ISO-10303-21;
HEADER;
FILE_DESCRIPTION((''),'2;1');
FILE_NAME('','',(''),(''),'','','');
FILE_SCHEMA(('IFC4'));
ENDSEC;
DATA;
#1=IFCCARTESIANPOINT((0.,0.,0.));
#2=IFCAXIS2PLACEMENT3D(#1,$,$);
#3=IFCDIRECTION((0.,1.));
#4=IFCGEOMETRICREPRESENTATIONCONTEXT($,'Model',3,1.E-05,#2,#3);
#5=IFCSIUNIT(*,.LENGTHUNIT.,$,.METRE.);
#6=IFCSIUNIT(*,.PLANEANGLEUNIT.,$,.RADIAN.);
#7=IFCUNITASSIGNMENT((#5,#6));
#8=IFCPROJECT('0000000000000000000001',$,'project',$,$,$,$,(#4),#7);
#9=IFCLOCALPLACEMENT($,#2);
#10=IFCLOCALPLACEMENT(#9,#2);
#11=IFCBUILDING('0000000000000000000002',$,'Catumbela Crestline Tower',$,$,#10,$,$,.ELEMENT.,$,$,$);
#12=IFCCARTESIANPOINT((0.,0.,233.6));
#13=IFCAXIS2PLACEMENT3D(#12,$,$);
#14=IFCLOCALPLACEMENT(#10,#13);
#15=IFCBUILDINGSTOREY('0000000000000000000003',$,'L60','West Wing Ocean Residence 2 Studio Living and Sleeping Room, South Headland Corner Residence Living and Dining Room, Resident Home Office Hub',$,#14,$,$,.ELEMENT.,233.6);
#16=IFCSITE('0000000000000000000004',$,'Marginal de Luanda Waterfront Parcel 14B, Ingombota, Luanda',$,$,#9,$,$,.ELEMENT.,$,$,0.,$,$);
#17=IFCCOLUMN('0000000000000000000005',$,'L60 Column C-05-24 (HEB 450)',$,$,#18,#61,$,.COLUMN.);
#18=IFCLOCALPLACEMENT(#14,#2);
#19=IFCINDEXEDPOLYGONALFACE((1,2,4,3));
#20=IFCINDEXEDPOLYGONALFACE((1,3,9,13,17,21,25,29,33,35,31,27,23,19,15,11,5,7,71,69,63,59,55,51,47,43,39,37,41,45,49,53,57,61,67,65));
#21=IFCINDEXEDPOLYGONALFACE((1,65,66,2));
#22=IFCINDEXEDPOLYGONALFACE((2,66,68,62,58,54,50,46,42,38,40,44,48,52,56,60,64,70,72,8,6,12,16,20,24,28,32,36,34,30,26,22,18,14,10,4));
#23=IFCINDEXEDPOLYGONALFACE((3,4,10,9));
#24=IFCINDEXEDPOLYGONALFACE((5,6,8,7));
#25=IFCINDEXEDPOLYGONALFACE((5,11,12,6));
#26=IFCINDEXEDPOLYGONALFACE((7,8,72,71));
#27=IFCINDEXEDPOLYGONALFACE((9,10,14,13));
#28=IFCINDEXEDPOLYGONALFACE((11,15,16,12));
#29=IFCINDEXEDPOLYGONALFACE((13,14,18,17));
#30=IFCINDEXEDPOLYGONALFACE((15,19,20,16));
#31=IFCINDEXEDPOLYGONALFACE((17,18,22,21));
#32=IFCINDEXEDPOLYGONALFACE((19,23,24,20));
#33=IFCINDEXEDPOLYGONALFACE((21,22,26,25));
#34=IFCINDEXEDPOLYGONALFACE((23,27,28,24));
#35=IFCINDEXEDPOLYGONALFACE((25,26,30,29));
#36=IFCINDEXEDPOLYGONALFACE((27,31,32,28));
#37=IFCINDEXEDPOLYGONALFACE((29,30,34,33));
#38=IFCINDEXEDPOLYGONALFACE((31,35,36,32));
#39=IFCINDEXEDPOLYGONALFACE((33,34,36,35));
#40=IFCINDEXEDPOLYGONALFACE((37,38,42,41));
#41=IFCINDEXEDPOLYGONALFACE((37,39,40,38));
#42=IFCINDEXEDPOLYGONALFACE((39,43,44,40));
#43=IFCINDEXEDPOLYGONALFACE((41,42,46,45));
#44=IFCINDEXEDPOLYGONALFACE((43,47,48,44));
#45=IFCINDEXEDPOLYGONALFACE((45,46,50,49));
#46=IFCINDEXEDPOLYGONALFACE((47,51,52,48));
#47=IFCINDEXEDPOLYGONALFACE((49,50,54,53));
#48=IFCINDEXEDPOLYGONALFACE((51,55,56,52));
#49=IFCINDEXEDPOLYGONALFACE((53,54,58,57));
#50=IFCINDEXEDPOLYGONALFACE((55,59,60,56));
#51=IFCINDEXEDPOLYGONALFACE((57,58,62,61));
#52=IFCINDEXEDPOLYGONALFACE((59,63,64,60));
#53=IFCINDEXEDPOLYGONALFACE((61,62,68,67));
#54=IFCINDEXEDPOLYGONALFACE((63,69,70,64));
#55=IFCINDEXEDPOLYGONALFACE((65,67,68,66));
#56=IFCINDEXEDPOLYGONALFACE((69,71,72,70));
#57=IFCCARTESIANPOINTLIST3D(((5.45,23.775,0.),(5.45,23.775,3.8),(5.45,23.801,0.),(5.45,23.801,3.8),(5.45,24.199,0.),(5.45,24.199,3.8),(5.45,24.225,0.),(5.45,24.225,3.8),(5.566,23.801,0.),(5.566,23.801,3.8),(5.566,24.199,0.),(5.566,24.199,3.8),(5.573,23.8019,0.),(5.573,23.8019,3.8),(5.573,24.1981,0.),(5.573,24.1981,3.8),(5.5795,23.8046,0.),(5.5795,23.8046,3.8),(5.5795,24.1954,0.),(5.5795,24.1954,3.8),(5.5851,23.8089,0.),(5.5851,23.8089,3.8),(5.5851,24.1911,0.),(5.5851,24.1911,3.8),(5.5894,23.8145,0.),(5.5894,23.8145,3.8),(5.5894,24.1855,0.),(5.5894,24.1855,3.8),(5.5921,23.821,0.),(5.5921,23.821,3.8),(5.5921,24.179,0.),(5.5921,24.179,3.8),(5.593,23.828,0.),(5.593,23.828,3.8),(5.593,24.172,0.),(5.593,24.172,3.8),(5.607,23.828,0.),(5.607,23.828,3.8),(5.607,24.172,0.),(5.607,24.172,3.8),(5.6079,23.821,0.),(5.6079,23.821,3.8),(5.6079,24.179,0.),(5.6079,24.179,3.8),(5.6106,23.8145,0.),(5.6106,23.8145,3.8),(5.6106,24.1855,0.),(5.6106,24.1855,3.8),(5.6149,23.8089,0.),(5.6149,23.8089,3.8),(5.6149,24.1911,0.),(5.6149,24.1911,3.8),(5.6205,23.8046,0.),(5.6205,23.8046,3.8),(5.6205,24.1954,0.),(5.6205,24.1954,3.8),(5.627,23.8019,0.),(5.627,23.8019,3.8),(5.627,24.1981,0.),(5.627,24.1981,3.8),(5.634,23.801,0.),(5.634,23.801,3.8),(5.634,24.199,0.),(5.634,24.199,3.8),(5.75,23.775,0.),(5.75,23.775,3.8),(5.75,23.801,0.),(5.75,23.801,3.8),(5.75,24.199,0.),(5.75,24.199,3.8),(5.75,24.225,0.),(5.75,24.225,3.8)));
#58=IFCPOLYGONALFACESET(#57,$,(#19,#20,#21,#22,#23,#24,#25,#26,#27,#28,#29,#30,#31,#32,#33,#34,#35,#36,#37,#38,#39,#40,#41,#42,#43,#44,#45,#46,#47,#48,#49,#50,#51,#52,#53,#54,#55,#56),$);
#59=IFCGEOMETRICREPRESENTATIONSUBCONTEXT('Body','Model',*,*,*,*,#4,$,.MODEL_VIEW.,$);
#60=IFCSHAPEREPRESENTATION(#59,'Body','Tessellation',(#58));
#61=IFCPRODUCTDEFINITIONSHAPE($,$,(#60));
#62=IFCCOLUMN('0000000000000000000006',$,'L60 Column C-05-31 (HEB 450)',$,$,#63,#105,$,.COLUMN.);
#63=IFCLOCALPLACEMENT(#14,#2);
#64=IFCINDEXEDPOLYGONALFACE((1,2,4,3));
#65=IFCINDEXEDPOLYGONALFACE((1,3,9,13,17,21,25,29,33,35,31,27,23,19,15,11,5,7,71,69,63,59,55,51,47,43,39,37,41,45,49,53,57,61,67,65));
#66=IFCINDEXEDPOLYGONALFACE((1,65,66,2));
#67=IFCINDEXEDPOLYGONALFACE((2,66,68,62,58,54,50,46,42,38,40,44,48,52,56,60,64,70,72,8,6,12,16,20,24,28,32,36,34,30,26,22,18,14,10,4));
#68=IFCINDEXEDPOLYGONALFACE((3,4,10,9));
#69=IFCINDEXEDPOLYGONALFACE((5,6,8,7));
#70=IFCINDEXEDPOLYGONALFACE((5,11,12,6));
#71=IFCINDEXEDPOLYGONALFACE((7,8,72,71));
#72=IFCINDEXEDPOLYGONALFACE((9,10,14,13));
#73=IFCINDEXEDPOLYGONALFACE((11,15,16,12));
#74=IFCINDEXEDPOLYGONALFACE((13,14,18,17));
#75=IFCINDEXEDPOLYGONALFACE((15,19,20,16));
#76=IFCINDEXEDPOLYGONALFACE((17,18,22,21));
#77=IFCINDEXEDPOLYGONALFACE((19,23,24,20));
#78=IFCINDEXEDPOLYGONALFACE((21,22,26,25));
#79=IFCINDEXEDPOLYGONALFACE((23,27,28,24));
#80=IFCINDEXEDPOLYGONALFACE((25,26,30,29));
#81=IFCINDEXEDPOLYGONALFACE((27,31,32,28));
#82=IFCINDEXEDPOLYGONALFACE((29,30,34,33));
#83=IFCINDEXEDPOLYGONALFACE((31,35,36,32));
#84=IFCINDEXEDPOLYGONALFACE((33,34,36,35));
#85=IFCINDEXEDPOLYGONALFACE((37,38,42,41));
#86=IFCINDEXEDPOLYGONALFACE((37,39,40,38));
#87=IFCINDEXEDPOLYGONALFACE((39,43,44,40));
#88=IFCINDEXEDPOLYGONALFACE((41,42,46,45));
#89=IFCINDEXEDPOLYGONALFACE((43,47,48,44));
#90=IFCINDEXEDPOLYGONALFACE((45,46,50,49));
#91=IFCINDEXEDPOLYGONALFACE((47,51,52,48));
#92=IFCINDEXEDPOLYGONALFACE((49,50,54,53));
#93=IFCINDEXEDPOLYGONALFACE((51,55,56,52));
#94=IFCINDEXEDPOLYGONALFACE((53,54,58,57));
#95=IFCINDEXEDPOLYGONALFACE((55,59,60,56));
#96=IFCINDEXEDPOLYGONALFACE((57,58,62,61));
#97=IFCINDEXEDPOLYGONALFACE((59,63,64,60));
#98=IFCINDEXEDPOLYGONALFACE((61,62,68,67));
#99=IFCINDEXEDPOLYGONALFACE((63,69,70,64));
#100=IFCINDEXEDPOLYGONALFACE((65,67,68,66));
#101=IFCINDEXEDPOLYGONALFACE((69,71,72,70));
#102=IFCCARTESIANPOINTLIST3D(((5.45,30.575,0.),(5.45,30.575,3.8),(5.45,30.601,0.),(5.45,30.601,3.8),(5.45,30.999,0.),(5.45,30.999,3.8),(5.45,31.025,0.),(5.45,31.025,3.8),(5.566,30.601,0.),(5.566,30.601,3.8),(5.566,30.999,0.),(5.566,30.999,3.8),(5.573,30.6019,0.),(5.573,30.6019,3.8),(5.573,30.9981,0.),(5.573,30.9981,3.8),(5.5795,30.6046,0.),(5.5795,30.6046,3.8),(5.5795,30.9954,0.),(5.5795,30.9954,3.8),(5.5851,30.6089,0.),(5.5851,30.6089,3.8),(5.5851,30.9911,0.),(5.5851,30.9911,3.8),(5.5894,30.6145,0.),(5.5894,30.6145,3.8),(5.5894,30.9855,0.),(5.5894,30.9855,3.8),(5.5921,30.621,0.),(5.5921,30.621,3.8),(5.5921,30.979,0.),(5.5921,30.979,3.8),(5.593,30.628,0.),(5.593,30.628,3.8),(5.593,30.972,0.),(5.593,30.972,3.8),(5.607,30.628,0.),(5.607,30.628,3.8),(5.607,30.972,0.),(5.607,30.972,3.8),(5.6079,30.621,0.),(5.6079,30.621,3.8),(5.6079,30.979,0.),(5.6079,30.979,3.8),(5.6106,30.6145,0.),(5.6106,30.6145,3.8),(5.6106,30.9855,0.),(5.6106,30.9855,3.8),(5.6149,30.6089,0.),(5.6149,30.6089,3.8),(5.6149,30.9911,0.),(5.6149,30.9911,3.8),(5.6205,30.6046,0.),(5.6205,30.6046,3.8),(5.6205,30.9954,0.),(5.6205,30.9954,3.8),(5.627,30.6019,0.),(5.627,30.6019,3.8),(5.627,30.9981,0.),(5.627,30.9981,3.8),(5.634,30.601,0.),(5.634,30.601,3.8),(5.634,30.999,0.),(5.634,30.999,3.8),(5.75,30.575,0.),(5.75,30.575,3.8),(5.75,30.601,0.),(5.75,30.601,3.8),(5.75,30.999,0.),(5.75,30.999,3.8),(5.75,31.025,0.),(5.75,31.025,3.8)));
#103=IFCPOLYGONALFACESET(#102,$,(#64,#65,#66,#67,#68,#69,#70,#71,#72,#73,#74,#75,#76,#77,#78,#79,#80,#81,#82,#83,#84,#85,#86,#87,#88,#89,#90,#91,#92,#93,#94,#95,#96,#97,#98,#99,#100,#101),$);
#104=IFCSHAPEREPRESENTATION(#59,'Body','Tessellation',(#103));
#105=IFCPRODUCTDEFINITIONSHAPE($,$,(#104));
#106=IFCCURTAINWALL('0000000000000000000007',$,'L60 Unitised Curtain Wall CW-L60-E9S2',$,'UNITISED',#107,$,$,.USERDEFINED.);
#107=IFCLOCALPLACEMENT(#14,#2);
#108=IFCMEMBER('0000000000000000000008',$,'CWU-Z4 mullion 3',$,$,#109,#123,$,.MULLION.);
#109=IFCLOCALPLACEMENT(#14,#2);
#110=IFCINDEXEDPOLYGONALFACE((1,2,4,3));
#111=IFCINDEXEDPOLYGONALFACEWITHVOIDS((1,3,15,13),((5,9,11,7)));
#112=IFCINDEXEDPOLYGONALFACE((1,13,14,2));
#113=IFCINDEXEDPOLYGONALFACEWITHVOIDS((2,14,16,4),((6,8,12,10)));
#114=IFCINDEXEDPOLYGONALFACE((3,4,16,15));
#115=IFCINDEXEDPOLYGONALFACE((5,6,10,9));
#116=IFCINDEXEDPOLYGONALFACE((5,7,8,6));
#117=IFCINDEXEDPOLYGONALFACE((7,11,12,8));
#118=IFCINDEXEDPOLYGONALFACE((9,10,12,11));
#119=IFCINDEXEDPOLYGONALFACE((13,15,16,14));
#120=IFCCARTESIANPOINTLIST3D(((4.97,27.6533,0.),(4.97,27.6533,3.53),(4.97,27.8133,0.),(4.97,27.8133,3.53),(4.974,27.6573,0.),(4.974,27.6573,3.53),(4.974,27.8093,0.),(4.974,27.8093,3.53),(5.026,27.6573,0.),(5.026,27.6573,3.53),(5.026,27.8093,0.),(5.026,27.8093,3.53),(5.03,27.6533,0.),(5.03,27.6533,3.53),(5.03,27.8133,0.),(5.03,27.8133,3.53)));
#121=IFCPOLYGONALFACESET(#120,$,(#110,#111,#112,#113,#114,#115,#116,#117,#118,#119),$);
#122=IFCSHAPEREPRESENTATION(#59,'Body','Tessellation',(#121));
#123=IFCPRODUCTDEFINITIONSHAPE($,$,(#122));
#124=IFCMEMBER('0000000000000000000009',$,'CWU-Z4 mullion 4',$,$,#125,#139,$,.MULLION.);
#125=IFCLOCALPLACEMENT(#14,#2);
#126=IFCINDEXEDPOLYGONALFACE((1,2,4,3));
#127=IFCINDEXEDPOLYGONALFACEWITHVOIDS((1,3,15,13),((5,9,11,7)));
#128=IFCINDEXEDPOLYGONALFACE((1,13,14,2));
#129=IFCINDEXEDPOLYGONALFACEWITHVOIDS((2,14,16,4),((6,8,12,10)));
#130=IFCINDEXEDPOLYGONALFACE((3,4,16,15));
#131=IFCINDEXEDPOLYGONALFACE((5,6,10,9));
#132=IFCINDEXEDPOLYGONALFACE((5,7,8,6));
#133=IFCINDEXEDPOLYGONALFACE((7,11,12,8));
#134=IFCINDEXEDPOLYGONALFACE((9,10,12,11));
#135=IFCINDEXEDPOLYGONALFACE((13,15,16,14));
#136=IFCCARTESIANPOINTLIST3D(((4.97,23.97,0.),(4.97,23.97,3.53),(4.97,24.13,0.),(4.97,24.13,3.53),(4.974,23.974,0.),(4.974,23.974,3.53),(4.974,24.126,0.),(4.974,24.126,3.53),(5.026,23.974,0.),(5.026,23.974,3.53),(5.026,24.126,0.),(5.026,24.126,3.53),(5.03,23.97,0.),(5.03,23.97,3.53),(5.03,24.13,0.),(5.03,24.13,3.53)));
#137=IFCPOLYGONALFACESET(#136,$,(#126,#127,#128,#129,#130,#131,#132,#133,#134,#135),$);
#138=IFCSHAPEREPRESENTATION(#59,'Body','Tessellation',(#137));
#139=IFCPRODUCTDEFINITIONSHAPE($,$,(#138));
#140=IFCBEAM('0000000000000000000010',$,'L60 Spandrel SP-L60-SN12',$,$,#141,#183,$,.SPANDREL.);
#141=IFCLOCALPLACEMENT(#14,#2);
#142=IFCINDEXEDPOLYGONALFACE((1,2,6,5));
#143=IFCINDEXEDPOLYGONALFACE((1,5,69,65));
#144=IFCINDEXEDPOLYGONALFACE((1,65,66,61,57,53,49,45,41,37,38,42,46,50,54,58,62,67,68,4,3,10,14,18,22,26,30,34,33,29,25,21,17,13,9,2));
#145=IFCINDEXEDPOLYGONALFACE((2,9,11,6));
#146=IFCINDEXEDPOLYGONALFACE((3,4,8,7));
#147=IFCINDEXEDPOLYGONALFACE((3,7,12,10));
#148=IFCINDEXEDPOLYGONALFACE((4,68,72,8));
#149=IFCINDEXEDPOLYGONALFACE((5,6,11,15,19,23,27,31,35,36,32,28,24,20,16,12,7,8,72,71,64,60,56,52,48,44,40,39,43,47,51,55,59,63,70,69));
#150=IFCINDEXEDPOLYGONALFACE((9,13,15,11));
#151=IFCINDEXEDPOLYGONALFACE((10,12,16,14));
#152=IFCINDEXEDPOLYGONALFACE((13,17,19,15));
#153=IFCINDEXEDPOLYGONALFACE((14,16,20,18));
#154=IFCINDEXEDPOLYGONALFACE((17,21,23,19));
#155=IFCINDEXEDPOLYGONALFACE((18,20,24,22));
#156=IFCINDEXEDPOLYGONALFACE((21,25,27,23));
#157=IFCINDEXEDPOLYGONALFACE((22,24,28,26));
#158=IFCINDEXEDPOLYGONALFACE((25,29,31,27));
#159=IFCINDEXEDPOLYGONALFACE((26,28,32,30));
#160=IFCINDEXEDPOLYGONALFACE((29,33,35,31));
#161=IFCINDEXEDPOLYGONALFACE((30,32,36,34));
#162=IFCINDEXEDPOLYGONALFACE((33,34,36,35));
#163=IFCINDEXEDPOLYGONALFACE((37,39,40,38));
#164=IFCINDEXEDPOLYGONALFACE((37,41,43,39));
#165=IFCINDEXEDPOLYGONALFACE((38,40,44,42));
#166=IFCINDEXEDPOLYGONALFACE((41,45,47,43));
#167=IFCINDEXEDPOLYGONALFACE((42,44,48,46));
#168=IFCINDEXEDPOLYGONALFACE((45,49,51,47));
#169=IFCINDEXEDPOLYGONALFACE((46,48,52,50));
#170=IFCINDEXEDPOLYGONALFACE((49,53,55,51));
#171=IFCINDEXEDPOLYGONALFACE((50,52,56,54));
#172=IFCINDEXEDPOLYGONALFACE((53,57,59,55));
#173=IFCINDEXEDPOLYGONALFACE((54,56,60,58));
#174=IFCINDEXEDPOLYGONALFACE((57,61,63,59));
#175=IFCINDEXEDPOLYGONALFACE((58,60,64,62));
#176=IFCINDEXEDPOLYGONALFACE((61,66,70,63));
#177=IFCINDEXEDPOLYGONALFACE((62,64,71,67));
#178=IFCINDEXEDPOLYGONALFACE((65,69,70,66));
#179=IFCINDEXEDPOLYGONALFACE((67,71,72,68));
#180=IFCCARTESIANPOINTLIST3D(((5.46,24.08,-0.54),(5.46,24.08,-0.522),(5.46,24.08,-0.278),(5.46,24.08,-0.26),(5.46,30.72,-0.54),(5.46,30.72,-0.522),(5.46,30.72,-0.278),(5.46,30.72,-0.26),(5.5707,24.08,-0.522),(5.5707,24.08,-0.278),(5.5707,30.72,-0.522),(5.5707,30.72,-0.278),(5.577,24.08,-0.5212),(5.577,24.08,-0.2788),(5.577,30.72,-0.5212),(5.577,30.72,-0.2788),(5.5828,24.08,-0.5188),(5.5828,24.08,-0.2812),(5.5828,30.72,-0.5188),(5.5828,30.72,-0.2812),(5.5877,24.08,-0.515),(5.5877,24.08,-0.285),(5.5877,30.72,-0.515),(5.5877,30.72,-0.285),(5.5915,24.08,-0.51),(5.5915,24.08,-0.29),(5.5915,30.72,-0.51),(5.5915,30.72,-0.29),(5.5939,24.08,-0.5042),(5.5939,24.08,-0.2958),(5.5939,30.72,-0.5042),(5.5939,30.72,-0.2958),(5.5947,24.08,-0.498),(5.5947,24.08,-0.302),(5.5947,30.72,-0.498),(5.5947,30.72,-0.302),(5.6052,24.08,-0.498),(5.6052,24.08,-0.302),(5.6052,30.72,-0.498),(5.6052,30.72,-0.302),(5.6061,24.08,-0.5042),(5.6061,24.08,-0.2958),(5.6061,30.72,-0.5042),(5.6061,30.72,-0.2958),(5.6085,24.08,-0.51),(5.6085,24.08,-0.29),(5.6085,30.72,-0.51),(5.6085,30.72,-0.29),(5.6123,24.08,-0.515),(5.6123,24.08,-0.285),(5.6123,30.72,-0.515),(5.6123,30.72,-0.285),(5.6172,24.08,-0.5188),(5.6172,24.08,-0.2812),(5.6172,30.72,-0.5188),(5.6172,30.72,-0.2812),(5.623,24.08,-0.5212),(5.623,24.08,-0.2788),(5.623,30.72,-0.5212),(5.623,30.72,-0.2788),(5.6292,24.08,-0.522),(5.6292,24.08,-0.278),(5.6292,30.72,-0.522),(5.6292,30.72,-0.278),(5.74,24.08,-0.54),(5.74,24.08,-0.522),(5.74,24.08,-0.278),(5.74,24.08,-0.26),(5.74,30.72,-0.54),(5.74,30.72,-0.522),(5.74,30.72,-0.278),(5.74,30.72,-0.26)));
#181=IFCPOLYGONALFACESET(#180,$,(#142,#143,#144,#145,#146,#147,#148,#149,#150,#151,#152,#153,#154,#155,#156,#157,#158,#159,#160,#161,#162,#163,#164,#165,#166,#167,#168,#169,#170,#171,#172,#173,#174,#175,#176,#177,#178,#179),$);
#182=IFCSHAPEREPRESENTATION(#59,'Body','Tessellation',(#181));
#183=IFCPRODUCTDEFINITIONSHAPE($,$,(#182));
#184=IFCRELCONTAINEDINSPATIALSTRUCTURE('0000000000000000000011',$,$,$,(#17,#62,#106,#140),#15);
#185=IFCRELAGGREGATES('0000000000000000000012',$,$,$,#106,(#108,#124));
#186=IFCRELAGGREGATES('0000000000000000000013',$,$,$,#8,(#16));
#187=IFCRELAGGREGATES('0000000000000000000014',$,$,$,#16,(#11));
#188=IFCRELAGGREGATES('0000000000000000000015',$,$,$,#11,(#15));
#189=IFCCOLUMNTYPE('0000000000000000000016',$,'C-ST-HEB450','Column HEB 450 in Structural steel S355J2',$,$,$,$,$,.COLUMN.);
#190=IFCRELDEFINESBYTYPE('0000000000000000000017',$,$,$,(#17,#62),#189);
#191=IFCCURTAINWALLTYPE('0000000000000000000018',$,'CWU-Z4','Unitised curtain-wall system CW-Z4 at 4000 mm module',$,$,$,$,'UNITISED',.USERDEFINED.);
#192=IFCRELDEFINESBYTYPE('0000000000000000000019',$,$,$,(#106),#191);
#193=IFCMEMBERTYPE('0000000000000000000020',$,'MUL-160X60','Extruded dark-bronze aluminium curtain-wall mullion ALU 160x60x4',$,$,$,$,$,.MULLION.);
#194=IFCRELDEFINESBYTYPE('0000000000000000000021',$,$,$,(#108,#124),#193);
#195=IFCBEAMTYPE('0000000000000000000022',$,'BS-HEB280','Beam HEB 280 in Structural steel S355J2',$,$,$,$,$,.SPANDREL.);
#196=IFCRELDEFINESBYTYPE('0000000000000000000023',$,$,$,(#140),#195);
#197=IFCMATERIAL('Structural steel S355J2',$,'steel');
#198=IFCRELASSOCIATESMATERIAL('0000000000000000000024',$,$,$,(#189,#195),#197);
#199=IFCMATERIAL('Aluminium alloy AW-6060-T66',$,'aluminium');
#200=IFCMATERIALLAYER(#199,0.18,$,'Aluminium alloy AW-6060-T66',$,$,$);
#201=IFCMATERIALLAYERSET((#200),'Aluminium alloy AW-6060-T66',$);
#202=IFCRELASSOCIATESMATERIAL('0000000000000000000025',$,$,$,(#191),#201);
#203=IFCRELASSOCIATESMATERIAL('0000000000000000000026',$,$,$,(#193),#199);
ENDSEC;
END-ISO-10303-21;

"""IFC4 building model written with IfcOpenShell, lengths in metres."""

from ifc_helpers import new_model, si_unit, direction, frame, origin, origin_2d, place, context, subcontext, project, spatial, hollow_rectangle, i_section, extrude, material, layer, layer_set, material_profile, profile_set, type_object, element, aggregate, save


model = new_model("IFC4")

# Units and contexts
model_context = context("Model", 3, precision=1e-05, world=origin(), true_north=direction((0.0, 1.0)))
body_context = subcontext(model_context, "Body", "Model", "MODEL_VIEW")
ifc_project = project(units=[si_unit("LENGTHUNIT", "METRE"), si_unit("PLANEANGLEUNIT", "RADIAN")], contexts=[model_context])

# Site, building, storey
site_placement = place(None, origin())
site = spatial("IfcSite", under=ifc_project, at=site_placement, Name="Marginal de Luanda Waterfront Parcel 14B, Ingombota, Luanda", CompositionType="ELEMENT", RefElevation=0.0)
building_placement = place(site_placement, origin())
building = spatial("IfcBuilding", under=site, at=building_placement, Name="Catumbela Crestline Tower", CompositionType="ELEMENT")
storey_placement = place(building_placement, frame((0.0, 0.0, 233.6)))
storey = spatial("IfcBuildingStorey", under=building, at=storey_placement, Name="L60", Description="West Wing Ocean Residence 2 Studio Living and Sleeping Room, South Headland Corner Residence Living and Dining Room, Resident Home Office Hub", CompositionType="ELEMENT", Elevation=233.6)

# Columns
ifc_material_1 = material(Name="Structural steel S355J2", Category="steel")
ifc_material_profile_1 = material_profile(ifc_material_1, i_section(OverallWidth=0.3, OverallDepth=0.45, WebThickness=0.014, FlangeThickness=0.026, FilletRadius=0.027, at=origin_2d()), Name="HEB 450")
ifc_profile_set_1 = profile_set([ifc_material_profile_1], Name="Structural steel S355J2")
column_type = type_object("IfcColumnType", Name="C-ST-HEB450", Description="Column HEB 450 in Structural steel S355J2", PredefinedType="COLUMN", material=ifc_profile_set_1)
for number, where, z_axis, x_axis, name in (
    (1, (5.6, 24.0, 0.0), (0.0, 0.0, 1.0), (1.0, 0.0, 0.0), "L60 Column C-05-24 (HEB 450)"),
    (2, (5.6, 30.8, 0.0), (0.0, 0.0, 1.0), (1.0, 0.0, 0.0), "L60 Column C-05-31 (HEB 450)"),
):
    element("IfcColumn", number, at=place(storey_placement, frame(where, z_axis=z_axis, x_axis=x_axis)), inside=storey, type_object=column_type, Name=name, PredefinedType="COLUMN", context=body_context, shape_type="SweptSolid", body=[
        extrude(i_section(OverallWidth=0.3, OverallDepth=0.45, WebThickness=0.014, FlangeThickness=0.026, FilletRadius=0.027, at=origin_2d()), origin(), (0.0, 0.0, 1.0), 3.8),
    ])

# Curtain wall, members
ifc_material_2 = material(Name="Aluminium alloy AW-6060-T66", Category="aluminium")
ifc_layer_1 = layer(ifc_material_2, 0.18, Name="Aluminium alloy AW-6060-T66")
ifc_layer_set_1 = layer_set([ifc_layer_1], Name="Aluminium alloy AW-6060-T66")
curtain_wall_type = type_object("IfcCurtainWallType", Name="CWU-Z4", Description="Unitised curtain-wall system CW-Z4 at 4000 mm module", ElementType="UNITISED", PredefinedType="USERDEFINED", material=ifc_layer_set_1)
curtain_wall_placement = place(storey_placement, origin())
curtain_wall = element("IfcCurtainWall", 3, at=curtain_wall_placement, inside=storey, type_object=curtain_wall_type, Name="L60 Unitised Curtain Wall CW-L60-E9S2", ObjectType="UNITISED", PredefinedType="USERDEFINED")
ifc_material_profile_2 = material_profile(ifc_material_2, hollow_rectangle(XDim=0.06, YDim=0.16, WallThickness=0.004, at=origin_2d()), Name="ALU 160x60x4")
ifc_profile_set_2 = profile_set([ifc_material_profile_2], Name="Aluminium alloy AW-6060-T66")
member_type_1 = type_object("IfcMemberType", Name="MUL-160X60", Description="Extruded dark-bronze aluminium curtain-wall mullion ALU 160x60x4", PredefinedType="MULLION", material=ifc_profile_set_2)
member_1_placement = place(storey_placement, frame((5.0, 27.7333, 0.0), z_axis=(0.0, 0.0, 1.0), x_axis=(1.0, 0.0, 0.0)))
member_1 = element("IfcMember", 4, at=member_1_placement, type_object=member_type_1, Name="CWU-Z4 mullion 3", PredefinedType="MULLION", context=body_context, shape_type="SweptSolid", body=[
    extrude(hollow_rectangle(XDim=0.06, YDim=0.16, WallThickness=0.004, at=origin_2d()), origin(), (0.0, 0.0, 1.0), 3.53),
])
member_2_placement = place(storey_placement, frame((5.0, 24.05, 0.0), z_axis=(0.0, 0.0, 1.0), x_axis=(1.0, 0.0, 0.0)))
member_2 = element("IfcMember", 5, at=member_2_placement, type_object=member_type_1, Name="CWU-Z4 mullion 4", PredefinedType="MULLION", context=body_context, shape_type="SweptSolid", body=[
    extrude(hollow_rectangle(XDim=0.06, YDim=0.16, WallThickness=0.004, at=origin_2d()), origin(), (0.0, 0.0, 1.0), 3.53),
])

# Beam
ifc_material_profile_3 = material_profile(ifc_material_1, i_section(OverallWidth=0.28, OverallDepth=0.28, WebThickness=0.0105, FlangeThickness=0.018, FilletRadius=0.024, at=origin_2d()), Name="HEB 280")
ifc_profile_set_3 = profile_set([ifc_material_profile_3], Name="Structural steel S355J2")
beam_type = type_object("IfcBeamType", Name="BS-HEB280", Description="Beam HEB 280 in Structural steel S355J2", PredefinedType="SPANDREL", material=ifc_profile_set_3)
beam_1_placement = place(storey_placement, frame((5.6, 24.08, -0.4), z_axis=(0.0, 1.0, 0.0), x_axis=(-1.0, 0.0, 0.0)))
element("IfcBeam", 6, at=beam_1_placement, inside=storey, type_object=beam_type, Name="L60 Spandrel SP-L60-SN12", PredefinedType="SPANDREL", context=body_context, shape_type="SweptSolid", body=[
    extrude(i_section(OverallWidth=0.28, OverallDepth=0.28, WebThickness=0.0105, FlangeThickness=0.018, FilletRadius=0.024, at=origin_2d()), origin(), (0.0, 0.0, 1.0), 6.64),
])

aggregate(curtain_wall, [member_1, member_2])

save(model, "model.ifc")
